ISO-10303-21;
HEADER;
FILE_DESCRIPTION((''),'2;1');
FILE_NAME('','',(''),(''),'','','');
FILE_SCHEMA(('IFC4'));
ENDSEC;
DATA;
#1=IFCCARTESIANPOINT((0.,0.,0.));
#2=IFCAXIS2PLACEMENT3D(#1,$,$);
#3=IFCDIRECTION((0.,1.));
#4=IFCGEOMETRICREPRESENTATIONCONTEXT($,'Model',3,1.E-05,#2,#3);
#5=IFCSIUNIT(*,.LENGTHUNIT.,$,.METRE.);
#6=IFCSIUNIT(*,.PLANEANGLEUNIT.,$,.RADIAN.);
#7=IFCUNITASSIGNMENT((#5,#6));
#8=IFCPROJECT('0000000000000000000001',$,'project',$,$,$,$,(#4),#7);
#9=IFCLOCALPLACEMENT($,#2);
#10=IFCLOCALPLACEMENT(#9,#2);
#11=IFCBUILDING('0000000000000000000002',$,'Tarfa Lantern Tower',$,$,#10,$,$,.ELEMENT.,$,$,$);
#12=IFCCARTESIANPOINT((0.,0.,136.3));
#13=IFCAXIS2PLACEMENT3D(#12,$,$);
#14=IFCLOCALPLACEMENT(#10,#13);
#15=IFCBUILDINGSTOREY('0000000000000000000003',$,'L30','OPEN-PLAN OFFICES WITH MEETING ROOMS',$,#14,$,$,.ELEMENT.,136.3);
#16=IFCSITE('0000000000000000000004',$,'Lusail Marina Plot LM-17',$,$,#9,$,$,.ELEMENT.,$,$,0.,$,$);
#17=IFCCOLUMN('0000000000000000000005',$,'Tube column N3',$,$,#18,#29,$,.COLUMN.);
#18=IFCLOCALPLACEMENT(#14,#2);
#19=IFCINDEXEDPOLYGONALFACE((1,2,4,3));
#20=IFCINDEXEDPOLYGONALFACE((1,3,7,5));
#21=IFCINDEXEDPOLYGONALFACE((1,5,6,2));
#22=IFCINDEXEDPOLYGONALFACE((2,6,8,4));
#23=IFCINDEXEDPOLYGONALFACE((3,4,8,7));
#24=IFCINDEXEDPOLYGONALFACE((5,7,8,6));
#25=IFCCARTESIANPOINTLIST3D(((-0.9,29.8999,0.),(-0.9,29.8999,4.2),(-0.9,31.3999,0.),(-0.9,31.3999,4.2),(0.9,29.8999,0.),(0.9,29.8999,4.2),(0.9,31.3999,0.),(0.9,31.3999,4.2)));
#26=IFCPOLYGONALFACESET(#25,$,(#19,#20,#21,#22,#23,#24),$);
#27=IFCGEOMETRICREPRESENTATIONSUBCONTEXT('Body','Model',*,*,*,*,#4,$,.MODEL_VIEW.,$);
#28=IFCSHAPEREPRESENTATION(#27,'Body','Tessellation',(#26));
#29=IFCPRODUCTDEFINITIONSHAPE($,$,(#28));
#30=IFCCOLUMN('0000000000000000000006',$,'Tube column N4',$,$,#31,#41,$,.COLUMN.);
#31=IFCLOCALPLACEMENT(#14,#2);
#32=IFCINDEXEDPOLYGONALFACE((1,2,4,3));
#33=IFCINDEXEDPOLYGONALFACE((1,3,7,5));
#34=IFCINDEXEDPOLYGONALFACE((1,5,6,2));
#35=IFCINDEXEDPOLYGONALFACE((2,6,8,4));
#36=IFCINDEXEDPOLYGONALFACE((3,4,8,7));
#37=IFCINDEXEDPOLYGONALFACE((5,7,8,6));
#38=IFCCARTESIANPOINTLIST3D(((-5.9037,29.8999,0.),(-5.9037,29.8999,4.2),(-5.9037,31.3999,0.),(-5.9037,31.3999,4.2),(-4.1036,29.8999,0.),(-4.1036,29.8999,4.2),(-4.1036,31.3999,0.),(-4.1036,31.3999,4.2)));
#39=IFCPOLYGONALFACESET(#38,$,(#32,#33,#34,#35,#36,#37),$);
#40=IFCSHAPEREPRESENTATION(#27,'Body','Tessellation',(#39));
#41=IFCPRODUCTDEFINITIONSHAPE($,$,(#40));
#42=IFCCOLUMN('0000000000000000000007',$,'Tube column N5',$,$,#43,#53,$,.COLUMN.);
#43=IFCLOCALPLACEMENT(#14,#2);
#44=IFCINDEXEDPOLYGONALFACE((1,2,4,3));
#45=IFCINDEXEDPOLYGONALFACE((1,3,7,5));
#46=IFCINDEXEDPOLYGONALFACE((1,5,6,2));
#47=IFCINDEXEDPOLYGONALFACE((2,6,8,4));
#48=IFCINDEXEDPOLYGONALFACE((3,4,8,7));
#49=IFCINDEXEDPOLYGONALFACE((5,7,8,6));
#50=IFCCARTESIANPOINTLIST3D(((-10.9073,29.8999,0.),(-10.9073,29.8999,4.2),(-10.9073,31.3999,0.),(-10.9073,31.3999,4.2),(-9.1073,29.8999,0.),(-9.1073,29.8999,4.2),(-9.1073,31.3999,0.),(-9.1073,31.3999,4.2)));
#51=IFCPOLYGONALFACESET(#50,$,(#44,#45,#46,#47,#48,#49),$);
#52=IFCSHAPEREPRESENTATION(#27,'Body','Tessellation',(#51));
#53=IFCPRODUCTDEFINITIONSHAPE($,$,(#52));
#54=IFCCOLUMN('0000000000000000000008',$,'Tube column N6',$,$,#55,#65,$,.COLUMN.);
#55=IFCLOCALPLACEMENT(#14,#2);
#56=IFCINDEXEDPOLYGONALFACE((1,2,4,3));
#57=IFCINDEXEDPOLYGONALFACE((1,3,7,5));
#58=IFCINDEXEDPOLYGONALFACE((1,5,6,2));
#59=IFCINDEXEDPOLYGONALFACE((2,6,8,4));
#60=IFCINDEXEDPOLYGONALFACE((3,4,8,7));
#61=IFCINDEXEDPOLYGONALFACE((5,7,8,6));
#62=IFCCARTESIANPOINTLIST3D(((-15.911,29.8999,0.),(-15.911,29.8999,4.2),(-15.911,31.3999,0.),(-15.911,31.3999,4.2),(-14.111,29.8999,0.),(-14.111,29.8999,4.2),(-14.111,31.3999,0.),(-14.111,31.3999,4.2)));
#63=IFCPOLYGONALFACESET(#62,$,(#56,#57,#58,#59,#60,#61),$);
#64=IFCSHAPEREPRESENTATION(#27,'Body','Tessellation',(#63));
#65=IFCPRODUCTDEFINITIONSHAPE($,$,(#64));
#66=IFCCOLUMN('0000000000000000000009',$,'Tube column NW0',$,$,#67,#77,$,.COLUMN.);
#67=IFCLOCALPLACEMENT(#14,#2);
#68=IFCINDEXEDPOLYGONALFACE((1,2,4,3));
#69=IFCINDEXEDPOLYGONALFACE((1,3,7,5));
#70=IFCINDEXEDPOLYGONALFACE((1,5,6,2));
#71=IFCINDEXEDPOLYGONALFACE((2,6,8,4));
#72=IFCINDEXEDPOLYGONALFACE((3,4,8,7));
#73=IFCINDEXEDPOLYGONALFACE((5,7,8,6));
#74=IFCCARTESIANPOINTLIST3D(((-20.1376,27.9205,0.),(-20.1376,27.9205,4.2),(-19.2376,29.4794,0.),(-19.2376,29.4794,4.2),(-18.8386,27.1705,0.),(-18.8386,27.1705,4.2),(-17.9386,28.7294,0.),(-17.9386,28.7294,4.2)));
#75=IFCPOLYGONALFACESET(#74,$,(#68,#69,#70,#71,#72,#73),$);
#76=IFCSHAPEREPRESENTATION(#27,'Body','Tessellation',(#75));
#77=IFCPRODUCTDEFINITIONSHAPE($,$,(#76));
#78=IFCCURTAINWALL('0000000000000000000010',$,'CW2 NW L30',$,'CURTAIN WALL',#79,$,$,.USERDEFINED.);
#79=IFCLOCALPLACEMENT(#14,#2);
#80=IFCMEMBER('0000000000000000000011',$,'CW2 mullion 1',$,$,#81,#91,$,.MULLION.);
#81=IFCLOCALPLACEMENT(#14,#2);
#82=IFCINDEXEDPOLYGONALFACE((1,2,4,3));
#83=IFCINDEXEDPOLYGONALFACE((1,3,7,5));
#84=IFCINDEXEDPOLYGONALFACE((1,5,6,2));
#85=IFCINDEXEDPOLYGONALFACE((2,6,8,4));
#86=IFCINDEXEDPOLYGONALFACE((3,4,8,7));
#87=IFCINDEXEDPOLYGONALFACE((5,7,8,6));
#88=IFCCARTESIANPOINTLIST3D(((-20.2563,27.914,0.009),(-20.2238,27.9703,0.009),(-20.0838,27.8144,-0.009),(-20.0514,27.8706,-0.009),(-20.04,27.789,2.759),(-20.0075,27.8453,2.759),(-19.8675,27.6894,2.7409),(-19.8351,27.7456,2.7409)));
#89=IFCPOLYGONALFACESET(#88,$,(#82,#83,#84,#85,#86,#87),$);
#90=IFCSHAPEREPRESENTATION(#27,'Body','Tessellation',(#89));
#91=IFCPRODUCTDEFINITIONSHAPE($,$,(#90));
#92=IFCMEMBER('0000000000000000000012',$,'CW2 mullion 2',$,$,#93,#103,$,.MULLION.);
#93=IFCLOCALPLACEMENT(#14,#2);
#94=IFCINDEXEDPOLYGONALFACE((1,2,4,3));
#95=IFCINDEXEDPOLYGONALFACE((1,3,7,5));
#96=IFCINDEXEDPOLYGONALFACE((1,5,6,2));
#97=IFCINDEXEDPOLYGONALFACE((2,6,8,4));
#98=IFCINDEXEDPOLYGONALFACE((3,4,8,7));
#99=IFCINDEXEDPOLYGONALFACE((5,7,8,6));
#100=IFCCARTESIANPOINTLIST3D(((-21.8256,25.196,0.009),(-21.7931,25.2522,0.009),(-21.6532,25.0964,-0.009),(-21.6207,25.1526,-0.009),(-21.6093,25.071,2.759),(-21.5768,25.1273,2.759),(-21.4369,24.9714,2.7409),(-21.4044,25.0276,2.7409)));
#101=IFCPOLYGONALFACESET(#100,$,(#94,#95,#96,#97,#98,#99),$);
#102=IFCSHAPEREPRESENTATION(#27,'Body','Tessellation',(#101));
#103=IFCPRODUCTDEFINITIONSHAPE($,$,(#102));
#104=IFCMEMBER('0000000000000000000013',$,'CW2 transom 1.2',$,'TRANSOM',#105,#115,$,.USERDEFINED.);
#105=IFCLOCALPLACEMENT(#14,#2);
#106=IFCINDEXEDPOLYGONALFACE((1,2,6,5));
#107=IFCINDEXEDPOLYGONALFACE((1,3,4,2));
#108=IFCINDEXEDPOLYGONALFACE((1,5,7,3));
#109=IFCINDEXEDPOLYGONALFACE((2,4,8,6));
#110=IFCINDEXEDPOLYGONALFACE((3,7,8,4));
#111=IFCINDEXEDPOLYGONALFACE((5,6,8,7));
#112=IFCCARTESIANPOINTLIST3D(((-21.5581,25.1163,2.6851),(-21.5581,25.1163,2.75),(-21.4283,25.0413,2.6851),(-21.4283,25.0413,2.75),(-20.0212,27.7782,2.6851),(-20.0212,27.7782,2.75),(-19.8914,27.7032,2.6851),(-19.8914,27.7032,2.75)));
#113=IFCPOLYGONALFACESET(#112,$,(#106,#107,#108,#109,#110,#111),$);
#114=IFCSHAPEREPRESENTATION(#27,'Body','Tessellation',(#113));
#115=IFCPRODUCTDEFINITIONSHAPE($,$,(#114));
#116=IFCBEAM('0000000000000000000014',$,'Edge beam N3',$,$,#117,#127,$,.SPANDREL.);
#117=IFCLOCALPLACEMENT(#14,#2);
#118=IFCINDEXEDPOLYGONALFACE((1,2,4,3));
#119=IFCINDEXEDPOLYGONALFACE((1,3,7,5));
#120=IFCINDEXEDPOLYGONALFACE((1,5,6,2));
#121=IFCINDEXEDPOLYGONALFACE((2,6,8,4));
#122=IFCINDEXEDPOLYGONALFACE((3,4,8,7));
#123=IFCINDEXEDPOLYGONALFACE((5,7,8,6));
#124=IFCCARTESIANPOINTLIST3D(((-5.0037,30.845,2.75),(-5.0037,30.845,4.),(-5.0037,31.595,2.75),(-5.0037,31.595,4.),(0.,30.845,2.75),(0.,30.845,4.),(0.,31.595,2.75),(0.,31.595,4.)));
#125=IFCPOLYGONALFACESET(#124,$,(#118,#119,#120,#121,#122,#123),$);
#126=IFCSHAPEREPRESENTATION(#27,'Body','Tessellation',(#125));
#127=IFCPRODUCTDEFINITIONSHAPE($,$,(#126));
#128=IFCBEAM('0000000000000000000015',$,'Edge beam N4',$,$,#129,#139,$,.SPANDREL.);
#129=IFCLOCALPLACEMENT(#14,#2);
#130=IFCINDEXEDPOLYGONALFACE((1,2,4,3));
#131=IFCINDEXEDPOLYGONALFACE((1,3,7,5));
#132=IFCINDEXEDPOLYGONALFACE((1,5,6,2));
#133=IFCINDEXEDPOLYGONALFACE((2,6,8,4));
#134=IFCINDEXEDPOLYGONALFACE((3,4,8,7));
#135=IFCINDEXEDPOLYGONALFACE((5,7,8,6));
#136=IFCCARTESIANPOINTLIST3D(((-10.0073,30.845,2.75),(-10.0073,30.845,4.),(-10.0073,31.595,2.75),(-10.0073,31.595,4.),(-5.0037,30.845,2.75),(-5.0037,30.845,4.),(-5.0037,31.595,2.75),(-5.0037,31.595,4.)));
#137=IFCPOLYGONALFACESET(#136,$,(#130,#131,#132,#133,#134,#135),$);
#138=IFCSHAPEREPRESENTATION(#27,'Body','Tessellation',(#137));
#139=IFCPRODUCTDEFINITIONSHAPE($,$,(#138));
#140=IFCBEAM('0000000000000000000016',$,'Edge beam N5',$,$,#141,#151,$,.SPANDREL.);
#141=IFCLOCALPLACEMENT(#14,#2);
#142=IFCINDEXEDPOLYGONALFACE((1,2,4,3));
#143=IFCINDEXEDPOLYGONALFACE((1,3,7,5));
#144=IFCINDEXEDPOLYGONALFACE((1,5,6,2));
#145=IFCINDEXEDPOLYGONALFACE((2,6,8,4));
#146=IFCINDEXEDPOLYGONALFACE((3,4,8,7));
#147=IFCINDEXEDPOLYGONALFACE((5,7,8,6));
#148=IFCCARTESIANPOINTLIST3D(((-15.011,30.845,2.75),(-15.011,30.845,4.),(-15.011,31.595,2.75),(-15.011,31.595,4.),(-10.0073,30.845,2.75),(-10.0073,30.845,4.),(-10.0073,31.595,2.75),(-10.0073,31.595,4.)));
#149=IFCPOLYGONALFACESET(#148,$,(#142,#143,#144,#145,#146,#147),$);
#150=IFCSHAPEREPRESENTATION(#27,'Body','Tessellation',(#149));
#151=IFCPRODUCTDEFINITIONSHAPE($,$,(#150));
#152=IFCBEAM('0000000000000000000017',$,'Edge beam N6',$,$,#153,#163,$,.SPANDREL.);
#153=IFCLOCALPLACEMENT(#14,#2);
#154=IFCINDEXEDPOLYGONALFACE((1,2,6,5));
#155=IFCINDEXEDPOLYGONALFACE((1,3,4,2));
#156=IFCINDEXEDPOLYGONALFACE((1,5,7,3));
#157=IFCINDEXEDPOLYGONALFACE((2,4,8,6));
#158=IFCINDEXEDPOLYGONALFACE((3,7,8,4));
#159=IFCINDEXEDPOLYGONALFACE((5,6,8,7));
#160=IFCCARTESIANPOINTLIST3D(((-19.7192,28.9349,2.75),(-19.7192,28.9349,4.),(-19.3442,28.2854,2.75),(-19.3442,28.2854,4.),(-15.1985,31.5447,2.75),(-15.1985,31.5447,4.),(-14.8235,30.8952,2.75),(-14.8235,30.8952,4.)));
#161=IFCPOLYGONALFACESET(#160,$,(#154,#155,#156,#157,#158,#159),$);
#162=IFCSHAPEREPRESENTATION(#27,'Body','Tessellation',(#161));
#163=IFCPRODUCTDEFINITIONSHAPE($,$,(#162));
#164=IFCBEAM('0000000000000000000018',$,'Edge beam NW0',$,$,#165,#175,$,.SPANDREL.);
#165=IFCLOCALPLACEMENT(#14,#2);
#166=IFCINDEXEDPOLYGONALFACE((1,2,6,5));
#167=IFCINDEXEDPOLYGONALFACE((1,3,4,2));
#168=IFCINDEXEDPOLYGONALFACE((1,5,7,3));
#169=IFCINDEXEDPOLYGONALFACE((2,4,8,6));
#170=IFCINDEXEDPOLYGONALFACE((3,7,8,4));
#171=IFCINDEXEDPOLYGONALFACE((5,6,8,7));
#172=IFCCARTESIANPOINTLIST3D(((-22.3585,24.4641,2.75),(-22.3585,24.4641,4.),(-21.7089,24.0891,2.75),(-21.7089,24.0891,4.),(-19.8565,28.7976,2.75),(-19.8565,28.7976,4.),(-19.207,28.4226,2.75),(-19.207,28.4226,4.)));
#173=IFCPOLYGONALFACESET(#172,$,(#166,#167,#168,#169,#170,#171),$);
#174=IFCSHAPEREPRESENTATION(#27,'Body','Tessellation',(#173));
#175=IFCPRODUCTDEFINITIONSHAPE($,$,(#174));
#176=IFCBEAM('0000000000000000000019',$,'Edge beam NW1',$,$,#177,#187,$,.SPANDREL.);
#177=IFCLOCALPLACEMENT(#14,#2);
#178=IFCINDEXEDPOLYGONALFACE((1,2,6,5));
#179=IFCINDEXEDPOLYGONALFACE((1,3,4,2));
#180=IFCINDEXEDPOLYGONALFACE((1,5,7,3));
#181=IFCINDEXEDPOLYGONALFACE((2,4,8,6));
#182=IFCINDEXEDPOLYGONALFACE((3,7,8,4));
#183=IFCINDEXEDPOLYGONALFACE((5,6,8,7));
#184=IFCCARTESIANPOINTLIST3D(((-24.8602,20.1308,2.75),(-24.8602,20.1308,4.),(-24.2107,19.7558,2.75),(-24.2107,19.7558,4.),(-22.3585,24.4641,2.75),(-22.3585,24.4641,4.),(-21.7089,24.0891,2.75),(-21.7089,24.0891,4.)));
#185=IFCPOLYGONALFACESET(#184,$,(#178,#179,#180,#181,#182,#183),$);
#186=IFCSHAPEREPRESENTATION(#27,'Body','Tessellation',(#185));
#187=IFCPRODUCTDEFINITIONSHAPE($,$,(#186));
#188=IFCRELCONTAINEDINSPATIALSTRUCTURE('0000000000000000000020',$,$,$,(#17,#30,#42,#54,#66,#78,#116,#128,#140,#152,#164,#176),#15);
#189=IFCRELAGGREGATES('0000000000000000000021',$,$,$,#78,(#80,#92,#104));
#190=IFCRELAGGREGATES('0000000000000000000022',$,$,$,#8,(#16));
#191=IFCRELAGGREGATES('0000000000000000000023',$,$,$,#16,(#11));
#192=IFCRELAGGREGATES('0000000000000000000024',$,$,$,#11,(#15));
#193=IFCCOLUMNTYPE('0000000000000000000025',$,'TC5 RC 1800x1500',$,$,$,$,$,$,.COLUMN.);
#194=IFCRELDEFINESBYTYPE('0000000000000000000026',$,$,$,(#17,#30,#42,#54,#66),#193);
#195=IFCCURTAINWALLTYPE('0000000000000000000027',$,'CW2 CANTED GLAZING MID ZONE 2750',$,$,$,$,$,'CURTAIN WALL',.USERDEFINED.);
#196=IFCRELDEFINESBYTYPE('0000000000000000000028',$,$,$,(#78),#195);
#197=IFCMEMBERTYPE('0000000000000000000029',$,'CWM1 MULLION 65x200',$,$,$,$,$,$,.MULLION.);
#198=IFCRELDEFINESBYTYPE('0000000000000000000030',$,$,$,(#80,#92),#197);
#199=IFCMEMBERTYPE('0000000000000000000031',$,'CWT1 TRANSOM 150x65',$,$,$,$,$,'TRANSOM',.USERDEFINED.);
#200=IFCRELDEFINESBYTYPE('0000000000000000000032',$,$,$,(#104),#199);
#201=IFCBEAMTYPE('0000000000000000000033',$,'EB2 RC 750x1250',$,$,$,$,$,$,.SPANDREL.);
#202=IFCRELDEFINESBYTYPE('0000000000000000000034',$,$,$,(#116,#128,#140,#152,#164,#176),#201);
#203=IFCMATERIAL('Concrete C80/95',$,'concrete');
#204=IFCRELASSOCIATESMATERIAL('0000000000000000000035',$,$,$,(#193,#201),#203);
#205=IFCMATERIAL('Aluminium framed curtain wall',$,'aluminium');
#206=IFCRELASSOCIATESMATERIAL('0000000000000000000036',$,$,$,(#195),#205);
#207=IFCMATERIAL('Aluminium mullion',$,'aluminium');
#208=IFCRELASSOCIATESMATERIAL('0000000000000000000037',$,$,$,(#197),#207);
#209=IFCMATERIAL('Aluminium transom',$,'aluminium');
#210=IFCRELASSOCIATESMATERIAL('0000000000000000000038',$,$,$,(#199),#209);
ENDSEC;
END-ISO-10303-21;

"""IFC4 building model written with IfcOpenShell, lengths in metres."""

from ifc_helpers import new_model, si_unit, direction, frame, origin, origin_2d, place, context, subcontext, project, spatial, rectangle, extrude, material, material_profile, profile_set, type_object, element, aggregate, save


model = new_model("IFC4")

# Units and contexts
model_context = context("Model", 3, precision=1e-05, world=origin(), true_north=direction((0.0, 1.0)))
body_context = subcontext(model_context, "Body", "Model", "MODEL_VIEW")
ifc_project = project(units=[si_unit("LENGTHUNIT", "METRE"), si_unit("PLANEANGLEUNIT", "RADIAN")], contexts=[model_context])

# Site, building, storey
site_placement = place(None, origin())
site = spatial("IfcSite", under=ifc_project, at=site_placement, Name="Lusail Marina Plot LM-17", CompositionType="ELEMENT", RefElevation=0.0)
building_placement = place(site_placement, origin())
building = spatial("IfcBuilding", under=site, at=building_placement, Name="Tarfa Lantern Tower", CompositionType="ELEMENT")
storey_placement = place(building_placement, frame((0.0, 0.0, 136.3)))
storey = spatial("IfcBuildingStorey", under=building, at=storey_placement, Name="L30", Description="OPEN-PLAN OFFICES WITH MEETING ROOMS", CompositionType="ELEMENT", Elevation=136.3)

# Columns
ifc_material_1 = material(Name="Concrete C80/95", Category="concrete")
ifc_material_profile_1 = material_profile(ifc_material_1, rectangle(XDim=1.8, YDim=1.5, at=origin_2d()), Name="RC 1800x1500")
ifc_profile_set_1 = profile_set([ifc_material_profile_1], Name="Concrete C80/95")
column_type = type_object("IfcColumnType", Name="TC5 RC 1800x1500", PredefinedType="COLUMN", material=ifc_profile_set_1)
for number, where, z_axis, x_axis, name in (
    (1, (0.0, 30.6499, 0.0), (0.0, 0.0, 1.0), (-1.0, 0.0, 0.0), "Tube column N3"),
    (2, (-5.0037, 30.6499, 0.0), (0.0, 0.0, 1.0), (-1.0, 0.0, 0.0), "Tube column N4"),
    (3, (-10.0073, 30.6499, 0.0), (0.0, 0.0, 1.0), (-1.0, 0.0, 0.0), "Tube column N5"),
    (4, (-15.011, 30.6499, 0.0), (0.0, 0.0, 1.0), (-1.0, 0.0, 0.0), "Tube column N6"),
    (5, (-19.0381, 28.325, 0.0), (0.0, 0.0, 1.0), (-0.5, -0.866025, 0.0), "Tube column NW0"),
):
    element("IfcColumn", number, at=place(storey_placement, frame(where, z_axis=z_axis, x_axis=x_axis)), inside=storey, type_object=column_type, Name=name, PredefinedType="COLUMN", context=body_context, shape_type="SweptSolid", body=[
        extrude(rectangle(XDim=1.8, YDim=1.5, at=origin_2d()), origin(), (0.0, 0.0, 1.0), 4.2),
    ])

# Curtain wall, members
ifc_material_2 = material(Name="Aluminium framed curtain wall", Category="aluminium")
curtain_wall_type = type_object("IfcCurtainWallType", Name="CW2 CANTED GLAZING MID ZONE 2750", ElementType="CURTAIN WALL", PredefinedType="USERDEFINED", material=ifc_material_2)
curtain_wall_placement = place(storey_placement, origin())
curtain_wall = element("IfcCurtainWall", 6, at=curtain_wall_placement, inside=storey, type_object=curtain_wall_type, Name="CW2 NW L30", ObjectType="CURTAIN WALL", PredefinedType="USERDEFINED")
ifc_material_3 = material(Name="Aluminium mullion", Category="aluminium")
ifc_material_profile_2 = material_profile(ifc_material_3, rectangle(XDim=0.0649, YDim=0.2, at=origin_2d()), Name="AL MULLION 65x200")
ifc_profile_set_2 = profile_set([ifc_material_profile_2], Name="Aluminium mullion")
member_type_1 = type_object("IfcMemberType", Name="CWM1 MULLION 65x200", PredefinedType="MULLION", material=ifc_profile_set_2)
member_1_placement = place(storey_placement, frame((-20.1538, 27.8923, 0.0), z_axis=(0.078335, -0.045268, 0.995899), x_axis=(0.500343, 0.865827, 0.0)))
member_1 = element("IfcMember", 7, at=member_1_placement, type_object=member_type_1, Name="CW2 mullion 1", PredefinedType="MULLION", context=body_context, shape_type="SweptSolid", body=[
    extrude(rectangle(XDim=0.0649, YDim=0.2, at=origin_2d()), origin(), (0.0, 0.0, 1.0), 2.7612),
])
member_2_placement = place(storey_placement, frame((-21.7231, 25.1743, 0.0), z_axis=(0.078335, -0.045268, 0.995899), x_axis=(0.500343, 0.865827, 0.0)))
member_2 = element("IfcMember", 8, at=member_2_placement, type_object=member_type_1, Name="CW2 mullion 2", PredefinedType="MULLION", context=body_context, shape_type="SweptSolid", body=[
    extrude(rectangle(XDim=0.0649, YDim=0.2, at=origin_2d()), origin(), (0.0, 0.0, 1.0), 2.7612),
])
ifc_material_4 = material(Name="Aluminium transom", Category="aluminium")
ifc_material_profile_3 = material_profile(ifc_material_4, rectangle(XDim=0.1499, YDim=0.0649, at=origin_2d()), Name="AL TRANSOM 150x65")
ifc_profile_set_3 = profile_set([ifc_material_profile_3], Name="Aluminium transom")
member_type_2 = type_object("IfcMemberType", Name="CWT1 TRANSOM 150x65", ElementType="TRANSOM", PredefinedType="USERDEFINED", material=ifc_profile_set_3)
member_3_placement = place(storey_placement, frame((-19.9563, 27.7407, 2.7175), z_axis=(-0.500009, -0.86602, 0.0), x_axis=(0.86602, -0.500009, 0.0)))
member_3 = element("IfcMember", 9, at=member_3_placement, type_object=member_type_2, Name="CW2 transom 1.2", ObjectType="TRANSOM", PredefinedType="USERDEFINED", context=body_context, shape_type="SweptSolid", body=[
    extrude(rectangle(XDim=0.1499, YDim=0.0649, at=origin_2d()), origin(), (0.0, 0.0, 1.0), 3.0737),
])

# Beams
ifc_material_profile_4 = material_profile(ifc_material_1, rectangle(XDim=0.75, YDim=1.25, at=origin_2d()), Name="RC 750x1250")
ifc_profile_set_4 = profile_set([ifc_material_profile_4], Name="Concrete C80/95")
beam_type_1 = type_object("IfcBeamType", Name="EB2 RC 750x1250", PredefinedType="SPANDREL", material=ifc_profile_set_4)
for number, where, z_axis, x_axis, name in (
    (10, (0.0, 31.22, 3.375), (-1.0, 0.0, 0.0), (0.0, -1.0, 0.0), "Edge beam N3"),
    (11, (-5.0037, 31.22, 3.375), (-1.0, 0.0, 0.0), (0.0, -1.0, 0.0), "Edge beam N4"),
    (12, (-10.0073, 31.22, 3.375), (-1.0, 0.0, 0.0), (0.0, -1.0, 0.0), "Edge beam N5"),
):
    element("IfcBeam", number, at=place(storey_placement, frame(where, z_axis=z_axis, x_axis=x_axis)), inside=storey, type_object=beam_type_1, Name=name, PredefinedType="SPANDREL", context=body_context, shape_type="SweptSolid", body=[
        extrude(rectangle(XDim=0.75, YDim=1.25, at=origin_2d()), origin(), (0.0, 0.0, 1.0), 5.0037),
    ])
beam_1_placement = place(storey_placement, frame((-15.011, 31.22, 3.375), z_axis=(-0.866042, -0.499972, 0.0), x_axis=(0.499972, -0.866042, 0.0)))
element("IfcBeam", 13, at=beam_1_placement, inside=storey, type_object=beam_type_1, Name="Edge beam N6", PredefinedType="SPANDREL", context=body_context, shape_type="SweptSolid", body=[
    extrude(rectangle(XDim=0.75, YDim=1.25, at=origin_2d()), origin(), (0.0, 0.0, 1.0), 5.22),
])
beam_2_placement = place(storey_placement, frame((-19.5317, 28.6101, 3.375), z_axis=(-0.500001, -0.866025, 0.0), x_axis=(0.866025, -0.500001, 0.0)))
element("IfcBeam", 14, at=beam_2_placement, inside=storey, type_object=beam_type_1, Name="Edge beam NW0", PredefinedType="SPANDREL", context=body_context, shape_type="SweptSolid", body=[
    extrude(rectangle(XDim=0.75, YDim=1.25, at=origin_2d()), origin(), (0.0, 0.0, 1.0), 5.0039),
])
beam_3_placement = place(storey_placement, frame((-22.0337, 24.2766, 3.375), z_axis=(-0.499986, -0.866034, 0.0), x_axis=(0.866034, -0.499986, 0.0)))
element("IfcBeam", 15, at=beam_3_placement, inside=storey, type_object=beam_type_1, Name="Edge beam NW1", PredefinedType="SPANDREL", context=body_context, shape_type="SweptSolid", body=[
    extrude(rectangle(XDim=0.75, YDim=1.25, at=origin_2d()), origin(), (0.0, 0.0, 1.0), 5.0037),
])

aggregate(curtain_wall, [member_1, member_2, member_3])

save(model, "model.ifc")
